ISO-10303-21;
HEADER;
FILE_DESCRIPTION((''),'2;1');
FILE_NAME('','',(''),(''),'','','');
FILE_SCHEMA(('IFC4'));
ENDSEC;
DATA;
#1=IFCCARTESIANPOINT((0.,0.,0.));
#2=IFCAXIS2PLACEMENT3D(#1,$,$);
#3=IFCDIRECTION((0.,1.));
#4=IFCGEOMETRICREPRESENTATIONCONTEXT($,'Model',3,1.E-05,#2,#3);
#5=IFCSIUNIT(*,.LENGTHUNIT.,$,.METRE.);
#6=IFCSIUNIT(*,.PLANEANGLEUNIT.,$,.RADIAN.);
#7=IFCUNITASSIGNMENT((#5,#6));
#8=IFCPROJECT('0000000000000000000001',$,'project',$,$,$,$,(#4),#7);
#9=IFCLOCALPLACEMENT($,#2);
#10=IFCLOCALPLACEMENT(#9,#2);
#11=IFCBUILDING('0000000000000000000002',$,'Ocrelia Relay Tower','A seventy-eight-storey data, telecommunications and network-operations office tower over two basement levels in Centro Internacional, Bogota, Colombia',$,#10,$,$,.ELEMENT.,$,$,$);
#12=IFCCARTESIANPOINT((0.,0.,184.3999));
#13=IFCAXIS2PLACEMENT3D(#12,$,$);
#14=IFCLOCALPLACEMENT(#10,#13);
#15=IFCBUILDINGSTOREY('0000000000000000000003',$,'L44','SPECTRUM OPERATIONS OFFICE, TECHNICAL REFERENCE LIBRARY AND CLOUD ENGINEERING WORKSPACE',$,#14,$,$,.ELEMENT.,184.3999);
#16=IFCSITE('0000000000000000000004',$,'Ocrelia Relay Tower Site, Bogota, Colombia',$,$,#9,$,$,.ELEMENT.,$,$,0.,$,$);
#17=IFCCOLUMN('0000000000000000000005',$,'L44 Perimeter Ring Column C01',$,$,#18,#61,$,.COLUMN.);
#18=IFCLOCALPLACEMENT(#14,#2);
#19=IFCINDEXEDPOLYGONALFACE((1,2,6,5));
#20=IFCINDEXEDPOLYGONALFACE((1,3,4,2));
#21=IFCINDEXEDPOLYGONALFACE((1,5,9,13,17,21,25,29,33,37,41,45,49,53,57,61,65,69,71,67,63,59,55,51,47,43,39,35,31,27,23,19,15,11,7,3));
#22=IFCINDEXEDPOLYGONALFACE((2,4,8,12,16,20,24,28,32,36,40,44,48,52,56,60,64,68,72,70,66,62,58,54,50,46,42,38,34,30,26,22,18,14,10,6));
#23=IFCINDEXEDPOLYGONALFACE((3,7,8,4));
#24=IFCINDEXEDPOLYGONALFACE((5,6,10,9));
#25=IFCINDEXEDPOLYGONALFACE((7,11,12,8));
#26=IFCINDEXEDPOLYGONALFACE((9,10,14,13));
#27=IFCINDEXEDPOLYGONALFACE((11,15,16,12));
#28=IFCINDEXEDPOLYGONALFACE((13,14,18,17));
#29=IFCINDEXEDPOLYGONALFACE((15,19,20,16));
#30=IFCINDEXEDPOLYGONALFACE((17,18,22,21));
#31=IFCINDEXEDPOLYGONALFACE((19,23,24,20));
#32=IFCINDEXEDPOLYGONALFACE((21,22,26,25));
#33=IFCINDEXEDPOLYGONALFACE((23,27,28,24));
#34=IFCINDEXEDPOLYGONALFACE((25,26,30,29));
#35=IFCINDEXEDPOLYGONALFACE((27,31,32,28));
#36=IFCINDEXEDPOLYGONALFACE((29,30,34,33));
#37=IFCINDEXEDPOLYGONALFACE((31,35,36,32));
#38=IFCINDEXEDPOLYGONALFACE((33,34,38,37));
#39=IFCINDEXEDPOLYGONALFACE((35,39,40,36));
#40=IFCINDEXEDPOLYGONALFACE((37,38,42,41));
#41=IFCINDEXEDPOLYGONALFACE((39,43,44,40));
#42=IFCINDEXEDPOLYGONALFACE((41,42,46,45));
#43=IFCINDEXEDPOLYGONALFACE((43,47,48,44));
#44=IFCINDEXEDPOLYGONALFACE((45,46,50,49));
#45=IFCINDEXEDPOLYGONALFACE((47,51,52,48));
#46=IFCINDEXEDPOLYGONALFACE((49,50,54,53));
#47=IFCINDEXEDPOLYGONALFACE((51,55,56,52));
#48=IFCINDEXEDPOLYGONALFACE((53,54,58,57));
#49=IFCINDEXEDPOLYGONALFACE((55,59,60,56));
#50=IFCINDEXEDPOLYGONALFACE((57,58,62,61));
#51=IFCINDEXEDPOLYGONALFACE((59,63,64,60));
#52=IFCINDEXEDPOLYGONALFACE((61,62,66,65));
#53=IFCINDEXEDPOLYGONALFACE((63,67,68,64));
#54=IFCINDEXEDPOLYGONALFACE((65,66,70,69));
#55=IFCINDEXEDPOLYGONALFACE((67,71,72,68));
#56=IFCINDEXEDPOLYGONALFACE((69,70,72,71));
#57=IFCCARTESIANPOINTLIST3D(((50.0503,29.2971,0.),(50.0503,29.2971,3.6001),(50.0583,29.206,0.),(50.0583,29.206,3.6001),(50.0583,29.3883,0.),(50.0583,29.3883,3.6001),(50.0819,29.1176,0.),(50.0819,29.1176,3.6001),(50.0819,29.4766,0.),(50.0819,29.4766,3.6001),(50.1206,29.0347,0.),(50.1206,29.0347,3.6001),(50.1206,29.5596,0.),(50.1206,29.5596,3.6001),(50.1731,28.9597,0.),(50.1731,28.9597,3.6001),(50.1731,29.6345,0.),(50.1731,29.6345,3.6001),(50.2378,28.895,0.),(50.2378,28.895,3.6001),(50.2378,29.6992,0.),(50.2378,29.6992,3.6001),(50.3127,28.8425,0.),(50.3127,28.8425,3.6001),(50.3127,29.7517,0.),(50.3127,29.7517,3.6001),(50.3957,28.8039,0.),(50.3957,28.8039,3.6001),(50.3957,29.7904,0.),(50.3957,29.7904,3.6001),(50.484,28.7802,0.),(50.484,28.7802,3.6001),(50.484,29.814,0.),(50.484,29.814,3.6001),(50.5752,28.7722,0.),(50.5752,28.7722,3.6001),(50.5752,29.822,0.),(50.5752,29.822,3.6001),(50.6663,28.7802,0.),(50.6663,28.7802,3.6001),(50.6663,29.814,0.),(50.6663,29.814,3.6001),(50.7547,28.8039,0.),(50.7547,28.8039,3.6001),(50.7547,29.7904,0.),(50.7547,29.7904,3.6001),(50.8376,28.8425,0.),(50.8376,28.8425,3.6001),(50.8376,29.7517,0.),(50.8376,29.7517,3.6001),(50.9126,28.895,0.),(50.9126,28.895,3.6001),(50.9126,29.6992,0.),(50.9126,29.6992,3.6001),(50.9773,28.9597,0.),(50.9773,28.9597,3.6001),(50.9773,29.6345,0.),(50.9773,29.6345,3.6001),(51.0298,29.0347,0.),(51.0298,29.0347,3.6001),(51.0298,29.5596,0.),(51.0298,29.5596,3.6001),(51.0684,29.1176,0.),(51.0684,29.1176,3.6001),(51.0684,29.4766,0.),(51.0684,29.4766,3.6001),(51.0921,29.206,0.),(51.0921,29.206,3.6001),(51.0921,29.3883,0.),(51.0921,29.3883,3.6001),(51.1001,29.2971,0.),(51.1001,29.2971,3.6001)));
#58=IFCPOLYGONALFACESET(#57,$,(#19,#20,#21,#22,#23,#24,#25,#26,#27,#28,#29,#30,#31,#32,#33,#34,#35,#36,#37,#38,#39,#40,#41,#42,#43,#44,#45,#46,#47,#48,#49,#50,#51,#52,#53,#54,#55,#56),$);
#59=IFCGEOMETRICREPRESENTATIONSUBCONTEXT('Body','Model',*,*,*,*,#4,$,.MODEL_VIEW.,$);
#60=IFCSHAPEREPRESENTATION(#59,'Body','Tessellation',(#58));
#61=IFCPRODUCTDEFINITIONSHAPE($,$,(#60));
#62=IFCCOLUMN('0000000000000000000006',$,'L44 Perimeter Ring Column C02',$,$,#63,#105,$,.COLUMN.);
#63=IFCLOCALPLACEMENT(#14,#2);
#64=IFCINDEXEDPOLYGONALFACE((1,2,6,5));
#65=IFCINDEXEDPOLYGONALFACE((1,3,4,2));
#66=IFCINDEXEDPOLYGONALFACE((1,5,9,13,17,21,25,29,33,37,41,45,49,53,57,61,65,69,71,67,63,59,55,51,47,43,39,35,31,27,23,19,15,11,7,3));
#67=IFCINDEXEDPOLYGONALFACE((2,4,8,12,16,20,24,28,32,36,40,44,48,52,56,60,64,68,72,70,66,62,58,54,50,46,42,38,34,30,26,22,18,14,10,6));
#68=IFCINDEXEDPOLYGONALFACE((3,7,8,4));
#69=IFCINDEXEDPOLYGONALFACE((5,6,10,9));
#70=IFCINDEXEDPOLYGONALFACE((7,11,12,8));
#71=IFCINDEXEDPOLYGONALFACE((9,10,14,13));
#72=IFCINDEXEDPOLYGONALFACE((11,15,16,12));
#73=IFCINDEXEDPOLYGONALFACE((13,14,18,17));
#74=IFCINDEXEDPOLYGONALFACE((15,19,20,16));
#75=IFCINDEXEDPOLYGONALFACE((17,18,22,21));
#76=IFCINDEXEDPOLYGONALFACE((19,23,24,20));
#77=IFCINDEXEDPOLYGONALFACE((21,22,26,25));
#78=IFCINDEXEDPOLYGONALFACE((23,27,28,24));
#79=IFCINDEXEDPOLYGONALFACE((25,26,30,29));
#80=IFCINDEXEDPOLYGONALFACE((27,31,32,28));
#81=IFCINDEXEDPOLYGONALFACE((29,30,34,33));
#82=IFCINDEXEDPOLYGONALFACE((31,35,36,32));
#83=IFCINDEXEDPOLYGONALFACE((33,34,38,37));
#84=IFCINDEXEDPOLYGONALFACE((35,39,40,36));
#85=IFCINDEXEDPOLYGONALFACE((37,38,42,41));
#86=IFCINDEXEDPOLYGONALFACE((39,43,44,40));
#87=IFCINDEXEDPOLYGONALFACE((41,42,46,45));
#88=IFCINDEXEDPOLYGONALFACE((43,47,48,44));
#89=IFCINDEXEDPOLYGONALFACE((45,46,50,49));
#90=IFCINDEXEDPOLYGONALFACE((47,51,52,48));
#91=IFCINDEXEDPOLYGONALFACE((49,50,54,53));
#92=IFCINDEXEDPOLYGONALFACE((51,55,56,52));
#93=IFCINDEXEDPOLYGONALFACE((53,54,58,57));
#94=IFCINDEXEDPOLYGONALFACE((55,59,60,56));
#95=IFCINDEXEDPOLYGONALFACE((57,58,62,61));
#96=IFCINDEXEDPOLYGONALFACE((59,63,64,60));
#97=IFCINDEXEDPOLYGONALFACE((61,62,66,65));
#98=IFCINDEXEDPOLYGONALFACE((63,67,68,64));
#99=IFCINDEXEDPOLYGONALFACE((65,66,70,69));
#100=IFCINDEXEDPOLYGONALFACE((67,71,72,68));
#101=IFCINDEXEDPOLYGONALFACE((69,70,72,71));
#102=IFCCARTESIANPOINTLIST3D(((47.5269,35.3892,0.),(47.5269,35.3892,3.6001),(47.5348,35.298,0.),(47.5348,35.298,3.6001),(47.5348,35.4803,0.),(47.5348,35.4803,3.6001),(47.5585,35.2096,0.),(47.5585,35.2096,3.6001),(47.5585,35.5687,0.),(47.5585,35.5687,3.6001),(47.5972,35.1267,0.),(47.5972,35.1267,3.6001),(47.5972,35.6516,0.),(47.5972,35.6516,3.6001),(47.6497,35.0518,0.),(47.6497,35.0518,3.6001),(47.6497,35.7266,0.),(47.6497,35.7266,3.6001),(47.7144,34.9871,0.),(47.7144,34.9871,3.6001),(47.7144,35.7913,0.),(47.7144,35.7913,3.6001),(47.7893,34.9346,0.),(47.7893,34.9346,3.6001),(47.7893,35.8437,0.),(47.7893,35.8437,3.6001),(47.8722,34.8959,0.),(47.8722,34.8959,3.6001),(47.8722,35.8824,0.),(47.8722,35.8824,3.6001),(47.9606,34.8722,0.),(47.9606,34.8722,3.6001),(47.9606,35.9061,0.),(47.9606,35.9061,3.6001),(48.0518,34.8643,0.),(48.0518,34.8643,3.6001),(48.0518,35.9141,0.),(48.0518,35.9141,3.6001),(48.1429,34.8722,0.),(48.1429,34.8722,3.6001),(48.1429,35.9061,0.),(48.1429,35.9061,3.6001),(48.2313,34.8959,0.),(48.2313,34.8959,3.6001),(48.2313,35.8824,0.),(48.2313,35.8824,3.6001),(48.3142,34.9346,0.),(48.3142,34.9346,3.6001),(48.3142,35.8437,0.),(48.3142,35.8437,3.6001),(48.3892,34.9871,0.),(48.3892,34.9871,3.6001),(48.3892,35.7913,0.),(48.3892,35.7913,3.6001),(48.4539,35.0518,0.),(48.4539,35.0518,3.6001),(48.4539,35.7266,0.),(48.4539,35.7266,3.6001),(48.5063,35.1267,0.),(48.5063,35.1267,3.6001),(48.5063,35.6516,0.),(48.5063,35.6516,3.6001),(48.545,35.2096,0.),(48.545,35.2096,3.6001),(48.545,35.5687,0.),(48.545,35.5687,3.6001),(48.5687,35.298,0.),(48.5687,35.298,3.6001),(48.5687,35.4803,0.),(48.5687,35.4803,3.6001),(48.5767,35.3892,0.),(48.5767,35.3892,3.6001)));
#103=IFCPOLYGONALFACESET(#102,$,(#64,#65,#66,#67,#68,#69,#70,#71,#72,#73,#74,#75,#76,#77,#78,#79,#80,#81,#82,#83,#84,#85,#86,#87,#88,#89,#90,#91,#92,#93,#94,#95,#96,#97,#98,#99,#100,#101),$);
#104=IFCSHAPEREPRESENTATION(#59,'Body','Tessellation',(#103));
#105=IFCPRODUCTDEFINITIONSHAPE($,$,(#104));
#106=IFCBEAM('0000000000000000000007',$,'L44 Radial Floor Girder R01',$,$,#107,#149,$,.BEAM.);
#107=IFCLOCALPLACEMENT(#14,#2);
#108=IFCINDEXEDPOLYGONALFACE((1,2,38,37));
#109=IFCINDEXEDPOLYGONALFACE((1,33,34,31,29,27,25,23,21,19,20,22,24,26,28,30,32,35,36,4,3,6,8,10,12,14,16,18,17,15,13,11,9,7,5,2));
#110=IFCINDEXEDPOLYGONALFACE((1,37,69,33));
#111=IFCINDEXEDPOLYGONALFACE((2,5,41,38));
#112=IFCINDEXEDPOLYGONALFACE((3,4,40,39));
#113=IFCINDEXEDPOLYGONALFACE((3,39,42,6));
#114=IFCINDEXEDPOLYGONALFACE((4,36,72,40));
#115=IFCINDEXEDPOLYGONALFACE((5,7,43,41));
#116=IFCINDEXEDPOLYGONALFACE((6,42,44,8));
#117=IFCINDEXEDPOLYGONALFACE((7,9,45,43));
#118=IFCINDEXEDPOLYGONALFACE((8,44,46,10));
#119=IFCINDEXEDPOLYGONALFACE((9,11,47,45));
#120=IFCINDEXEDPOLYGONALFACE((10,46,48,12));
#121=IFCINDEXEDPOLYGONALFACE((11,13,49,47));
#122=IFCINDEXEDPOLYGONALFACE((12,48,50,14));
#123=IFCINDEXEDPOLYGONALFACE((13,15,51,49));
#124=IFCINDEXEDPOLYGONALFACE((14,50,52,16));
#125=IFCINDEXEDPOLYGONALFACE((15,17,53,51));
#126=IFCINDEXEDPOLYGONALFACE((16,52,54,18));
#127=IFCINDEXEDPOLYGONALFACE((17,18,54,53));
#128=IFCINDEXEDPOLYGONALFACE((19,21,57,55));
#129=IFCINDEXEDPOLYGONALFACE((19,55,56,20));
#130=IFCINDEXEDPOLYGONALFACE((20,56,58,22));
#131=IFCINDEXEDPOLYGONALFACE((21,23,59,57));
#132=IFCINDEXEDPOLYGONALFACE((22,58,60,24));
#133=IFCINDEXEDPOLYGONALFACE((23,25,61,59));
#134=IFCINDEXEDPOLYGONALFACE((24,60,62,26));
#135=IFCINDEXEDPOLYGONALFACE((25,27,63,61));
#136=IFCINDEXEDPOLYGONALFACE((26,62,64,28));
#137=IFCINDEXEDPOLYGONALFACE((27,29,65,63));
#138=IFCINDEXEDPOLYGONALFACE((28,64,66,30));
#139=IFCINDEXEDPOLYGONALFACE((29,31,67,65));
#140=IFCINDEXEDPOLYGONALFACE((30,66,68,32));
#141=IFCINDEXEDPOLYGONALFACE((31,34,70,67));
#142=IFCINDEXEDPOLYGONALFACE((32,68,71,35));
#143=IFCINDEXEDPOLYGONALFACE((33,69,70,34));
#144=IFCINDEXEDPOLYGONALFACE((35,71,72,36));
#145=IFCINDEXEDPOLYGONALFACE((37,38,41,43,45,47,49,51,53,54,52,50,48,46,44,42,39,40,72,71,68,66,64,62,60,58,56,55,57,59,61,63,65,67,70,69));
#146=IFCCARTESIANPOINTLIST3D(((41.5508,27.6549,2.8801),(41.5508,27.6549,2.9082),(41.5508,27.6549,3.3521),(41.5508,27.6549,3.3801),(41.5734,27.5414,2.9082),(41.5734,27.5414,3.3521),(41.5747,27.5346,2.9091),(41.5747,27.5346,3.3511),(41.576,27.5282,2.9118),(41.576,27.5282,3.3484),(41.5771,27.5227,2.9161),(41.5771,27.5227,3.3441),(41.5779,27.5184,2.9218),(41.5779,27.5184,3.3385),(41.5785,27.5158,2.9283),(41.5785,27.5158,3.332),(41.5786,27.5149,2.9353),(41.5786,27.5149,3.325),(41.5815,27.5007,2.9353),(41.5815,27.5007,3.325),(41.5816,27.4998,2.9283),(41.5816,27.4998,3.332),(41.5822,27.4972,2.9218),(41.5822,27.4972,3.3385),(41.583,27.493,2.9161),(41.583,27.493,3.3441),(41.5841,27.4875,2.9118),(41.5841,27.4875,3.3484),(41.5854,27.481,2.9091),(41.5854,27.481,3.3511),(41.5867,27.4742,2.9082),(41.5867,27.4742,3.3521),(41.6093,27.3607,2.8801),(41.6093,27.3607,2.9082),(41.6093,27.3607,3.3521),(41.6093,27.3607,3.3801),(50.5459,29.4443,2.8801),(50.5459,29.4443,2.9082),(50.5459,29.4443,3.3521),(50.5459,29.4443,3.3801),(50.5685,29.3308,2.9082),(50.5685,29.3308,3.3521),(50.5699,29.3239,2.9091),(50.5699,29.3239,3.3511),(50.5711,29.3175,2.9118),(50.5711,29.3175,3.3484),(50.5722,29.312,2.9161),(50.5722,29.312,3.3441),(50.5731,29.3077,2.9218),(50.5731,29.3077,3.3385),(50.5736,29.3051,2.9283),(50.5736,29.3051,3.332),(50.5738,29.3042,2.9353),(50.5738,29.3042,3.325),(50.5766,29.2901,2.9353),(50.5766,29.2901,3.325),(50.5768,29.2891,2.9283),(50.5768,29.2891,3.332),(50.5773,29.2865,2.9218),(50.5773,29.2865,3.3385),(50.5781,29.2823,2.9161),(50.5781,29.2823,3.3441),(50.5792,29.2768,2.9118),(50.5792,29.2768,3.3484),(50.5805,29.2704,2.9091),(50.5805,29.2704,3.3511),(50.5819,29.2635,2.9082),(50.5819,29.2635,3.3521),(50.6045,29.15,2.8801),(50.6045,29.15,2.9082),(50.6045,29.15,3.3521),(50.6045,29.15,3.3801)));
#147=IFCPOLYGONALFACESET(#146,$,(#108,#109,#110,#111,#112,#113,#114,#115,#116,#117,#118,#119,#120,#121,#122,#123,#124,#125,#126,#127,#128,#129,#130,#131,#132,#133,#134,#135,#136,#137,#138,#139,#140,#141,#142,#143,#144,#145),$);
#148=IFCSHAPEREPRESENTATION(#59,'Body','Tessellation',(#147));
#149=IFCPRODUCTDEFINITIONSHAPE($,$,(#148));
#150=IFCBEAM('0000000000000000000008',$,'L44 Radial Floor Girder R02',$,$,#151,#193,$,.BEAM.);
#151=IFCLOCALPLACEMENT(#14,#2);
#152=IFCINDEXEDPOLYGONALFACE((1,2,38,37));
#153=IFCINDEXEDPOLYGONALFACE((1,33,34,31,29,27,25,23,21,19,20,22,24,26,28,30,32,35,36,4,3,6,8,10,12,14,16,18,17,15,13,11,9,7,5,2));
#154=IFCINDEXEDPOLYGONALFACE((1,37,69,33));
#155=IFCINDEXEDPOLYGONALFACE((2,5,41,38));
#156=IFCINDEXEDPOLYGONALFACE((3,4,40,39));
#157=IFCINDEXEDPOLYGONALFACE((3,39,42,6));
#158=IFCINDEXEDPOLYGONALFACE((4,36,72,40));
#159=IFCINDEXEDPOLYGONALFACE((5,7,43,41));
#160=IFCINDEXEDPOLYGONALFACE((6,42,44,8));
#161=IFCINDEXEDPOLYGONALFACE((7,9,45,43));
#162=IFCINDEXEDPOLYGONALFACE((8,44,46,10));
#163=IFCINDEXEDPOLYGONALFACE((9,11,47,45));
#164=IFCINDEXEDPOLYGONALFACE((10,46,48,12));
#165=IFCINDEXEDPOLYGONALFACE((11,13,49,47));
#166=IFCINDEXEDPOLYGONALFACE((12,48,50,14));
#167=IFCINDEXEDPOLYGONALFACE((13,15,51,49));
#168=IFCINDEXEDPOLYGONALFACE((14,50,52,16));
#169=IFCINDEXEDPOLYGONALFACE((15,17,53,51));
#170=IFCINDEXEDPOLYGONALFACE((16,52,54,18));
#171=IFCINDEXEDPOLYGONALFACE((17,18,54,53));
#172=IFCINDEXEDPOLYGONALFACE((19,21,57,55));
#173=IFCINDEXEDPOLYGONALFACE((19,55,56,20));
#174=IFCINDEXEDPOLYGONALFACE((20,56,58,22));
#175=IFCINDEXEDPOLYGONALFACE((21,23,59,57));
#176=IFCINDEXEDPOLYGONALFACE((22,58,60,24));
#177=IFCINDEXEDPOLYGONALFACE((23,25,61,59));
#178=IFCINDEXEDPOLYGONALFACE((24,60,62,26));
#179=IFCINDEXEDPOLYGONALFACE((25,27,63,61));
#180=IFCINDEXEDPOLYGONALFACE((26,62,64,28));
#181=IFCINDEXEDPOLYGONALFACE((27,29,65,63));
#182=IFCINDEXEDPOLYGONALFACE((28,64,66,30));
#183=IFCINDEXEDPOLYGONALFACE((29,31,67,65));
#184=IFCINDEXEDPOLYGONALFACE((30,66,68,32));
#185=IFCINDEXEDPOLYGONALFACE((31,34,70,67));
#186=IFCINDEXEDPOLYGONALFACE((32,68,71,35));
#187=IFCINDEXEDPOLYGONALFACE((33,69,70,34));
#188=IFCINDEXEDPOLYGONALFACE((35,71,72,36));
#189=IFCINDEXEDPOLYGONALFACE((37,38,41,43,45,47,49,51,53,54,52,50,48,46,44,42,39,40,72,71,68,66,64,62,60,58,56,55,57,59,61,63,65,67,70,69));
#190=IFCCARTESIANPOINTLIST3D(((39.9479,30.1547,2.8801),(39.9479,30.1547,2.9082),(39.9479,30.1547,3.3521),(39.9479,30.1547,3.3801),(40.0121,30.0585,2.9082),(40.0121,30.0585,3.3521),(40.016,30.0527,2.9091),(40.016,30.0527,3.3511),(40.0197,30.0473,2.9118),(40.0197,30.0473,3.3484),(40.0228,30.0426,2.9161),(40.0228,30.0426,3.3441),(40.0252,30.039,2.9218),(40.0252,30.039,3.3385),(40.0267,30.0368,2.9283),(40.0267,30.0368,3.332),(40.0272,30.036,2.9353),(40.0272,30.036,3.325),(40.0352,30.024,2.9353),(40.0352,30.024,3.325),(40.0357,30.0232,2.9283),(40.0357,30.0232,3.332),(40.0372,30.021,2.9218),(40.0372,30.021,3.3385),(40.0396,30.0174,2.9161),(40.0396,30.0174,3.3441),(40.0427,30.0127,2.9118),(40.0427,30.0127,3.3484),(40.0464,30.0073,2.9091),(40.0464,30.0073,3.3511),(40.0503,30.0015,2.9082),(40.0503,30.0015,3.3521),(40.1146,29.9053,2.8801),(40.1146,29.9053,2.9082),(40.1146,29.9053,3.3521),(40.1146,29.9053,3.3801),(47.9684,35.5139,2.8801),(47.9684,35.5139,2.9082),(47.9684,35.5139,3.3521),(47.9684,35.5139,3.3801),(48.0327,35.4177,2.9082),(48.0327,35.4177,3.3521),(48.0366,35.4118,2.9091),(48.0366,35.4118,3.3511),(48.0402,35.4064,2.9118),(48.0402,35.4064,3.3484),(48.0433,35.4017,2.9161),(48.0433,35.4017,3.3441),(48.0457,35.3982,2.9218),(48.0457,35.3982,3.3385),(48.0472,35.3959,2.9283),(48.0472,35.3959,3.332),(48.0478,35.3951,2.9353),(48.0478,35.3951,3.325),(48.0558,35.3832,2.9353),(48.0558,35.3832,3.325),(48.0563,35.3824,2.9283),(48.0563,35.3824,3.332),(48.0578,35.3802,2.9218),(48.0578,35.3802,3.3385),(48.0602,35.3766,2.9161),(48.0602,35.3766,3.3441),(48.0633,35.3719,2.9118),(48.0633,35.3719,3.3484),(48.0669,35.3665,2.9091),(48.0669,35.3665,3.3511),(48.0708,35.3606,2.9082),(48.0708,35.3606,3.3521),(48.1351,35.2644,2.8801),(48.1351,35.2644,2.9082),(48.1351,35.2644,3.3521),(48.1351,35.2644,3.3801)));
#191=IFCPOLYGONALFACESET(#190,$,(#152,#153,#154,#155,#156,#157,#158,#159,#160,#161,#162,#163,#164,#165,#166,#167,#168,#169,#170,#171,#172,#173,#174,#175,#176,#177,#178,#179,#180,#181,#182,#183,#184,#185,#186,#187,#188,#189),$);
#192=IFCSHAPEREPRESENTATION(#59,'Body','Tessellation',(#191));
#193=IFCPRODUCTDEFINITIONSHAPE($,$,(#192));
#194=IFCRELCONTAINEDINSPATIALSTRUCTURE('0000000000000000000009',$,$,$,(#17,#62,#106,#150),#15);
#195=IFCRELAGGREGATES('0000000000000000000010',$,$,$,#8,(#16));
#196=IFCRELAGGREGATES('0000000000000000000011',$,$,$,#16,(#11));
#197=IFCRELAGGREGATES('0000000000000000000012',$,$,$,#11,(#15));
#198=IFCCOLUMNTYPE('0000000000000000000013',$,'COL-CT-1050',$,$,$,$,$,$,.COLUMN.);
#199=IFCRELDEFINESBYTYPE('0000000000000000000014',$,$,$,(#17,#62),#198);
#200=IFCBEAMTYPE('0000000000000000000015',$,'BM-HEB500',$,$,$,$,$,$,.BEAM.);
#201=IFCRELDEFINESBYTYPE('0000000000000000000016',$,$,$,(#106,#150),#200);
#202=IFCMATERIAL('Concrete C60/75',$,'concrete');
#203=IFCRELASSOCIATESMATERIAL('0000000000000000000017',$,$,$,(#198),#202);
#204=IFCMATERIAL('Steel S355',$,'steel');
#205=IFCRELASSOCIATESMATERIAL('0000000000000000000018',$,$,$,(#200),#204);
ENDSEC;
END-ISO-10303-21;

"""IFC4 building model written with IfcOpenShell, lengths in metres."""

from ifc_helpers import new_model, si_unit, direction, frame, origin, origin_2d, place, context, subcontext, project, spatial, circle, i_section, extrude, material, material_profile, profile_set, type_object, element, save


model = new_model("IFC4")

# Units and contexts
model_context = context("Model", 3, precision=1e-05, world=origin(), true_north=direction((0.0, 1.0)))
body_context = subcontext(model_context, "Body", "Model", "MODEL_VIEW")
ifc_project = project(units=[si_unit("LENGTHUNIT", "METRE"), si_unit("PLANEANGLEUNIT", "RADIAN")], contexts=[model_context])

# Site, building, storey
site_placement = place(None, origin())
site = spatial("IfcSite", under=ifc_project, at=site_placement, Name="Ocrelia Relay Tower Site, Bogota, Colombia", CompositionType="ELEMENT", RefElevation=0.0)
building_placement = place(site_placement, origin())
building = spatial("IfcBuilding", under=site, at=building_placement, Name="Ocrelia Relay Tower", Description="A seventy-eight-storey data, telecommunications and network-operations office tower over two basement levels in Centro Internacional, Bogota, Colombia", CompositionType="ELEMENT")
storey_placement = place(building_placement, frame((0.0, 0.0, 184.3999)))
storey = spatial("IfcBuildingStorey", under=building, at=storey_placement, Name="L44", Description="SPECTRUM OPERATIONS OFFICE, TECHNICAL REFERENCE LIBRARY AND CLOUD ENGINEERING WORKSPACE", CompositionType="ELEMENT", Elevation=184.3999)

# Columns
ifc_material_1 = material(Name="Concrete C60/75", Category="concrete")
ifc_material_profile_1 = material_profile(ifc_material_1, circle(Radius=0.5249, at=origin_2d()), Name="RC-CIR-1050")
ifc_profile_set_1 = profile_set([ifc_material_profile_1], Name="Concrete C60/75")
column_type = type_object("IfcColumnType", Name="COL-CT-1050", PredefinedType="COLUMN", material=ifc_profile_set_1)
for number, where, z_axis, x_axis, name in (
    (1, (50.5752, 29.2971, 0.0), (0.0, 0.0, 1.0), (1.0, 0.0, 0.0), "L44 Perimeter Ring Column C01"),
    (2, (48.0518, 35.3892, 0.0), (0.0, 0.0, 1.0), (1.0, 0.0, 0.0), "L44 Perimeter Ring Column C02"),
):
    element("IfcColumn", number, at=place(storey_placement, frame(where, z_axis=z_axis, x_axis=x_axis)), inside=storey, type_object=column_type, Name=name, PredefinedType="COLUMN", context=body_context, shape_type="SweptSolid", body=[
        extrude(circle(Radius=0.5249, at=origin_2d()), origin(), (0.0, 0.0, 1.0), 3.6001),
    ])

# Beams
ifc_material_2 = material(Name="Steel S355", Category="steel")
ifc_material_profile_2 = material_profile(ifc_material_2, i_section(OverallWidth=0.3, OverallDepth=0.5, WebThickness=0.0144, FlangeThickness=0.0281, FilletRadius=0.0271, at=origin_2d()), Name="HEB 500")
ifc_profile_set_2 = profile_set([ifc_material_profile_2], Name="Steel S355")
beam_type_1 = type_object("IfcBeamType", Name="BM-HEB500", PredefinedType="BEAM", material=ifc_profile_set_2)
beam_1_placement = place(storey_placement, frame((50.5752, 29.2971, 3.1301), z_axis=(-0.980784, -0.195097, 0.0), x_axis=(0.195097, -0.980784, 0.0)))
element("IfcBeam", 3, at=beam_1_placement, inside=storey, type_object=beam_type_1, Name="L44 Radial Floor Girder R01", PredefinedType="BEAM", context=body_context, shape_type="SweptSolid", body=[
    extrude(i_section(OverallWidth=0.3, OverallDepth=0.5, WebThickness=0.0144, FlangeThickness=0.0281, FilletRadius=0.0271, at=origin_2d()), origin(), (0.0, 0.0, 1.0), 9.1714),
])
beam_2_placement = place(storey_placement, frame((48.0518, 35.3892, 3.1301), z_axis=(-0.83147, -0.55557, 0.0), x_axis=(0.55557, -0.83147, 0.0)))
element("IfcBeam", 4, at=beam_2_placement, inside=storey, type_object=beam_type_1, Name="L44 Radial Floor Girder R02", PredefinedType="BEAM", context=body_context, shape_type="SweptSolid", body=[
    extrude(i_section(OverallWidth=0.3, OverallDepth=0.5, WebThickness=0.0144, FlangeThickness=0.0281, FilletRadius=0.0271, at=origin_2d()), origin(), (0.0, 0.0, 1.0), 9.6462),
])

save(model, "model.ifc")
